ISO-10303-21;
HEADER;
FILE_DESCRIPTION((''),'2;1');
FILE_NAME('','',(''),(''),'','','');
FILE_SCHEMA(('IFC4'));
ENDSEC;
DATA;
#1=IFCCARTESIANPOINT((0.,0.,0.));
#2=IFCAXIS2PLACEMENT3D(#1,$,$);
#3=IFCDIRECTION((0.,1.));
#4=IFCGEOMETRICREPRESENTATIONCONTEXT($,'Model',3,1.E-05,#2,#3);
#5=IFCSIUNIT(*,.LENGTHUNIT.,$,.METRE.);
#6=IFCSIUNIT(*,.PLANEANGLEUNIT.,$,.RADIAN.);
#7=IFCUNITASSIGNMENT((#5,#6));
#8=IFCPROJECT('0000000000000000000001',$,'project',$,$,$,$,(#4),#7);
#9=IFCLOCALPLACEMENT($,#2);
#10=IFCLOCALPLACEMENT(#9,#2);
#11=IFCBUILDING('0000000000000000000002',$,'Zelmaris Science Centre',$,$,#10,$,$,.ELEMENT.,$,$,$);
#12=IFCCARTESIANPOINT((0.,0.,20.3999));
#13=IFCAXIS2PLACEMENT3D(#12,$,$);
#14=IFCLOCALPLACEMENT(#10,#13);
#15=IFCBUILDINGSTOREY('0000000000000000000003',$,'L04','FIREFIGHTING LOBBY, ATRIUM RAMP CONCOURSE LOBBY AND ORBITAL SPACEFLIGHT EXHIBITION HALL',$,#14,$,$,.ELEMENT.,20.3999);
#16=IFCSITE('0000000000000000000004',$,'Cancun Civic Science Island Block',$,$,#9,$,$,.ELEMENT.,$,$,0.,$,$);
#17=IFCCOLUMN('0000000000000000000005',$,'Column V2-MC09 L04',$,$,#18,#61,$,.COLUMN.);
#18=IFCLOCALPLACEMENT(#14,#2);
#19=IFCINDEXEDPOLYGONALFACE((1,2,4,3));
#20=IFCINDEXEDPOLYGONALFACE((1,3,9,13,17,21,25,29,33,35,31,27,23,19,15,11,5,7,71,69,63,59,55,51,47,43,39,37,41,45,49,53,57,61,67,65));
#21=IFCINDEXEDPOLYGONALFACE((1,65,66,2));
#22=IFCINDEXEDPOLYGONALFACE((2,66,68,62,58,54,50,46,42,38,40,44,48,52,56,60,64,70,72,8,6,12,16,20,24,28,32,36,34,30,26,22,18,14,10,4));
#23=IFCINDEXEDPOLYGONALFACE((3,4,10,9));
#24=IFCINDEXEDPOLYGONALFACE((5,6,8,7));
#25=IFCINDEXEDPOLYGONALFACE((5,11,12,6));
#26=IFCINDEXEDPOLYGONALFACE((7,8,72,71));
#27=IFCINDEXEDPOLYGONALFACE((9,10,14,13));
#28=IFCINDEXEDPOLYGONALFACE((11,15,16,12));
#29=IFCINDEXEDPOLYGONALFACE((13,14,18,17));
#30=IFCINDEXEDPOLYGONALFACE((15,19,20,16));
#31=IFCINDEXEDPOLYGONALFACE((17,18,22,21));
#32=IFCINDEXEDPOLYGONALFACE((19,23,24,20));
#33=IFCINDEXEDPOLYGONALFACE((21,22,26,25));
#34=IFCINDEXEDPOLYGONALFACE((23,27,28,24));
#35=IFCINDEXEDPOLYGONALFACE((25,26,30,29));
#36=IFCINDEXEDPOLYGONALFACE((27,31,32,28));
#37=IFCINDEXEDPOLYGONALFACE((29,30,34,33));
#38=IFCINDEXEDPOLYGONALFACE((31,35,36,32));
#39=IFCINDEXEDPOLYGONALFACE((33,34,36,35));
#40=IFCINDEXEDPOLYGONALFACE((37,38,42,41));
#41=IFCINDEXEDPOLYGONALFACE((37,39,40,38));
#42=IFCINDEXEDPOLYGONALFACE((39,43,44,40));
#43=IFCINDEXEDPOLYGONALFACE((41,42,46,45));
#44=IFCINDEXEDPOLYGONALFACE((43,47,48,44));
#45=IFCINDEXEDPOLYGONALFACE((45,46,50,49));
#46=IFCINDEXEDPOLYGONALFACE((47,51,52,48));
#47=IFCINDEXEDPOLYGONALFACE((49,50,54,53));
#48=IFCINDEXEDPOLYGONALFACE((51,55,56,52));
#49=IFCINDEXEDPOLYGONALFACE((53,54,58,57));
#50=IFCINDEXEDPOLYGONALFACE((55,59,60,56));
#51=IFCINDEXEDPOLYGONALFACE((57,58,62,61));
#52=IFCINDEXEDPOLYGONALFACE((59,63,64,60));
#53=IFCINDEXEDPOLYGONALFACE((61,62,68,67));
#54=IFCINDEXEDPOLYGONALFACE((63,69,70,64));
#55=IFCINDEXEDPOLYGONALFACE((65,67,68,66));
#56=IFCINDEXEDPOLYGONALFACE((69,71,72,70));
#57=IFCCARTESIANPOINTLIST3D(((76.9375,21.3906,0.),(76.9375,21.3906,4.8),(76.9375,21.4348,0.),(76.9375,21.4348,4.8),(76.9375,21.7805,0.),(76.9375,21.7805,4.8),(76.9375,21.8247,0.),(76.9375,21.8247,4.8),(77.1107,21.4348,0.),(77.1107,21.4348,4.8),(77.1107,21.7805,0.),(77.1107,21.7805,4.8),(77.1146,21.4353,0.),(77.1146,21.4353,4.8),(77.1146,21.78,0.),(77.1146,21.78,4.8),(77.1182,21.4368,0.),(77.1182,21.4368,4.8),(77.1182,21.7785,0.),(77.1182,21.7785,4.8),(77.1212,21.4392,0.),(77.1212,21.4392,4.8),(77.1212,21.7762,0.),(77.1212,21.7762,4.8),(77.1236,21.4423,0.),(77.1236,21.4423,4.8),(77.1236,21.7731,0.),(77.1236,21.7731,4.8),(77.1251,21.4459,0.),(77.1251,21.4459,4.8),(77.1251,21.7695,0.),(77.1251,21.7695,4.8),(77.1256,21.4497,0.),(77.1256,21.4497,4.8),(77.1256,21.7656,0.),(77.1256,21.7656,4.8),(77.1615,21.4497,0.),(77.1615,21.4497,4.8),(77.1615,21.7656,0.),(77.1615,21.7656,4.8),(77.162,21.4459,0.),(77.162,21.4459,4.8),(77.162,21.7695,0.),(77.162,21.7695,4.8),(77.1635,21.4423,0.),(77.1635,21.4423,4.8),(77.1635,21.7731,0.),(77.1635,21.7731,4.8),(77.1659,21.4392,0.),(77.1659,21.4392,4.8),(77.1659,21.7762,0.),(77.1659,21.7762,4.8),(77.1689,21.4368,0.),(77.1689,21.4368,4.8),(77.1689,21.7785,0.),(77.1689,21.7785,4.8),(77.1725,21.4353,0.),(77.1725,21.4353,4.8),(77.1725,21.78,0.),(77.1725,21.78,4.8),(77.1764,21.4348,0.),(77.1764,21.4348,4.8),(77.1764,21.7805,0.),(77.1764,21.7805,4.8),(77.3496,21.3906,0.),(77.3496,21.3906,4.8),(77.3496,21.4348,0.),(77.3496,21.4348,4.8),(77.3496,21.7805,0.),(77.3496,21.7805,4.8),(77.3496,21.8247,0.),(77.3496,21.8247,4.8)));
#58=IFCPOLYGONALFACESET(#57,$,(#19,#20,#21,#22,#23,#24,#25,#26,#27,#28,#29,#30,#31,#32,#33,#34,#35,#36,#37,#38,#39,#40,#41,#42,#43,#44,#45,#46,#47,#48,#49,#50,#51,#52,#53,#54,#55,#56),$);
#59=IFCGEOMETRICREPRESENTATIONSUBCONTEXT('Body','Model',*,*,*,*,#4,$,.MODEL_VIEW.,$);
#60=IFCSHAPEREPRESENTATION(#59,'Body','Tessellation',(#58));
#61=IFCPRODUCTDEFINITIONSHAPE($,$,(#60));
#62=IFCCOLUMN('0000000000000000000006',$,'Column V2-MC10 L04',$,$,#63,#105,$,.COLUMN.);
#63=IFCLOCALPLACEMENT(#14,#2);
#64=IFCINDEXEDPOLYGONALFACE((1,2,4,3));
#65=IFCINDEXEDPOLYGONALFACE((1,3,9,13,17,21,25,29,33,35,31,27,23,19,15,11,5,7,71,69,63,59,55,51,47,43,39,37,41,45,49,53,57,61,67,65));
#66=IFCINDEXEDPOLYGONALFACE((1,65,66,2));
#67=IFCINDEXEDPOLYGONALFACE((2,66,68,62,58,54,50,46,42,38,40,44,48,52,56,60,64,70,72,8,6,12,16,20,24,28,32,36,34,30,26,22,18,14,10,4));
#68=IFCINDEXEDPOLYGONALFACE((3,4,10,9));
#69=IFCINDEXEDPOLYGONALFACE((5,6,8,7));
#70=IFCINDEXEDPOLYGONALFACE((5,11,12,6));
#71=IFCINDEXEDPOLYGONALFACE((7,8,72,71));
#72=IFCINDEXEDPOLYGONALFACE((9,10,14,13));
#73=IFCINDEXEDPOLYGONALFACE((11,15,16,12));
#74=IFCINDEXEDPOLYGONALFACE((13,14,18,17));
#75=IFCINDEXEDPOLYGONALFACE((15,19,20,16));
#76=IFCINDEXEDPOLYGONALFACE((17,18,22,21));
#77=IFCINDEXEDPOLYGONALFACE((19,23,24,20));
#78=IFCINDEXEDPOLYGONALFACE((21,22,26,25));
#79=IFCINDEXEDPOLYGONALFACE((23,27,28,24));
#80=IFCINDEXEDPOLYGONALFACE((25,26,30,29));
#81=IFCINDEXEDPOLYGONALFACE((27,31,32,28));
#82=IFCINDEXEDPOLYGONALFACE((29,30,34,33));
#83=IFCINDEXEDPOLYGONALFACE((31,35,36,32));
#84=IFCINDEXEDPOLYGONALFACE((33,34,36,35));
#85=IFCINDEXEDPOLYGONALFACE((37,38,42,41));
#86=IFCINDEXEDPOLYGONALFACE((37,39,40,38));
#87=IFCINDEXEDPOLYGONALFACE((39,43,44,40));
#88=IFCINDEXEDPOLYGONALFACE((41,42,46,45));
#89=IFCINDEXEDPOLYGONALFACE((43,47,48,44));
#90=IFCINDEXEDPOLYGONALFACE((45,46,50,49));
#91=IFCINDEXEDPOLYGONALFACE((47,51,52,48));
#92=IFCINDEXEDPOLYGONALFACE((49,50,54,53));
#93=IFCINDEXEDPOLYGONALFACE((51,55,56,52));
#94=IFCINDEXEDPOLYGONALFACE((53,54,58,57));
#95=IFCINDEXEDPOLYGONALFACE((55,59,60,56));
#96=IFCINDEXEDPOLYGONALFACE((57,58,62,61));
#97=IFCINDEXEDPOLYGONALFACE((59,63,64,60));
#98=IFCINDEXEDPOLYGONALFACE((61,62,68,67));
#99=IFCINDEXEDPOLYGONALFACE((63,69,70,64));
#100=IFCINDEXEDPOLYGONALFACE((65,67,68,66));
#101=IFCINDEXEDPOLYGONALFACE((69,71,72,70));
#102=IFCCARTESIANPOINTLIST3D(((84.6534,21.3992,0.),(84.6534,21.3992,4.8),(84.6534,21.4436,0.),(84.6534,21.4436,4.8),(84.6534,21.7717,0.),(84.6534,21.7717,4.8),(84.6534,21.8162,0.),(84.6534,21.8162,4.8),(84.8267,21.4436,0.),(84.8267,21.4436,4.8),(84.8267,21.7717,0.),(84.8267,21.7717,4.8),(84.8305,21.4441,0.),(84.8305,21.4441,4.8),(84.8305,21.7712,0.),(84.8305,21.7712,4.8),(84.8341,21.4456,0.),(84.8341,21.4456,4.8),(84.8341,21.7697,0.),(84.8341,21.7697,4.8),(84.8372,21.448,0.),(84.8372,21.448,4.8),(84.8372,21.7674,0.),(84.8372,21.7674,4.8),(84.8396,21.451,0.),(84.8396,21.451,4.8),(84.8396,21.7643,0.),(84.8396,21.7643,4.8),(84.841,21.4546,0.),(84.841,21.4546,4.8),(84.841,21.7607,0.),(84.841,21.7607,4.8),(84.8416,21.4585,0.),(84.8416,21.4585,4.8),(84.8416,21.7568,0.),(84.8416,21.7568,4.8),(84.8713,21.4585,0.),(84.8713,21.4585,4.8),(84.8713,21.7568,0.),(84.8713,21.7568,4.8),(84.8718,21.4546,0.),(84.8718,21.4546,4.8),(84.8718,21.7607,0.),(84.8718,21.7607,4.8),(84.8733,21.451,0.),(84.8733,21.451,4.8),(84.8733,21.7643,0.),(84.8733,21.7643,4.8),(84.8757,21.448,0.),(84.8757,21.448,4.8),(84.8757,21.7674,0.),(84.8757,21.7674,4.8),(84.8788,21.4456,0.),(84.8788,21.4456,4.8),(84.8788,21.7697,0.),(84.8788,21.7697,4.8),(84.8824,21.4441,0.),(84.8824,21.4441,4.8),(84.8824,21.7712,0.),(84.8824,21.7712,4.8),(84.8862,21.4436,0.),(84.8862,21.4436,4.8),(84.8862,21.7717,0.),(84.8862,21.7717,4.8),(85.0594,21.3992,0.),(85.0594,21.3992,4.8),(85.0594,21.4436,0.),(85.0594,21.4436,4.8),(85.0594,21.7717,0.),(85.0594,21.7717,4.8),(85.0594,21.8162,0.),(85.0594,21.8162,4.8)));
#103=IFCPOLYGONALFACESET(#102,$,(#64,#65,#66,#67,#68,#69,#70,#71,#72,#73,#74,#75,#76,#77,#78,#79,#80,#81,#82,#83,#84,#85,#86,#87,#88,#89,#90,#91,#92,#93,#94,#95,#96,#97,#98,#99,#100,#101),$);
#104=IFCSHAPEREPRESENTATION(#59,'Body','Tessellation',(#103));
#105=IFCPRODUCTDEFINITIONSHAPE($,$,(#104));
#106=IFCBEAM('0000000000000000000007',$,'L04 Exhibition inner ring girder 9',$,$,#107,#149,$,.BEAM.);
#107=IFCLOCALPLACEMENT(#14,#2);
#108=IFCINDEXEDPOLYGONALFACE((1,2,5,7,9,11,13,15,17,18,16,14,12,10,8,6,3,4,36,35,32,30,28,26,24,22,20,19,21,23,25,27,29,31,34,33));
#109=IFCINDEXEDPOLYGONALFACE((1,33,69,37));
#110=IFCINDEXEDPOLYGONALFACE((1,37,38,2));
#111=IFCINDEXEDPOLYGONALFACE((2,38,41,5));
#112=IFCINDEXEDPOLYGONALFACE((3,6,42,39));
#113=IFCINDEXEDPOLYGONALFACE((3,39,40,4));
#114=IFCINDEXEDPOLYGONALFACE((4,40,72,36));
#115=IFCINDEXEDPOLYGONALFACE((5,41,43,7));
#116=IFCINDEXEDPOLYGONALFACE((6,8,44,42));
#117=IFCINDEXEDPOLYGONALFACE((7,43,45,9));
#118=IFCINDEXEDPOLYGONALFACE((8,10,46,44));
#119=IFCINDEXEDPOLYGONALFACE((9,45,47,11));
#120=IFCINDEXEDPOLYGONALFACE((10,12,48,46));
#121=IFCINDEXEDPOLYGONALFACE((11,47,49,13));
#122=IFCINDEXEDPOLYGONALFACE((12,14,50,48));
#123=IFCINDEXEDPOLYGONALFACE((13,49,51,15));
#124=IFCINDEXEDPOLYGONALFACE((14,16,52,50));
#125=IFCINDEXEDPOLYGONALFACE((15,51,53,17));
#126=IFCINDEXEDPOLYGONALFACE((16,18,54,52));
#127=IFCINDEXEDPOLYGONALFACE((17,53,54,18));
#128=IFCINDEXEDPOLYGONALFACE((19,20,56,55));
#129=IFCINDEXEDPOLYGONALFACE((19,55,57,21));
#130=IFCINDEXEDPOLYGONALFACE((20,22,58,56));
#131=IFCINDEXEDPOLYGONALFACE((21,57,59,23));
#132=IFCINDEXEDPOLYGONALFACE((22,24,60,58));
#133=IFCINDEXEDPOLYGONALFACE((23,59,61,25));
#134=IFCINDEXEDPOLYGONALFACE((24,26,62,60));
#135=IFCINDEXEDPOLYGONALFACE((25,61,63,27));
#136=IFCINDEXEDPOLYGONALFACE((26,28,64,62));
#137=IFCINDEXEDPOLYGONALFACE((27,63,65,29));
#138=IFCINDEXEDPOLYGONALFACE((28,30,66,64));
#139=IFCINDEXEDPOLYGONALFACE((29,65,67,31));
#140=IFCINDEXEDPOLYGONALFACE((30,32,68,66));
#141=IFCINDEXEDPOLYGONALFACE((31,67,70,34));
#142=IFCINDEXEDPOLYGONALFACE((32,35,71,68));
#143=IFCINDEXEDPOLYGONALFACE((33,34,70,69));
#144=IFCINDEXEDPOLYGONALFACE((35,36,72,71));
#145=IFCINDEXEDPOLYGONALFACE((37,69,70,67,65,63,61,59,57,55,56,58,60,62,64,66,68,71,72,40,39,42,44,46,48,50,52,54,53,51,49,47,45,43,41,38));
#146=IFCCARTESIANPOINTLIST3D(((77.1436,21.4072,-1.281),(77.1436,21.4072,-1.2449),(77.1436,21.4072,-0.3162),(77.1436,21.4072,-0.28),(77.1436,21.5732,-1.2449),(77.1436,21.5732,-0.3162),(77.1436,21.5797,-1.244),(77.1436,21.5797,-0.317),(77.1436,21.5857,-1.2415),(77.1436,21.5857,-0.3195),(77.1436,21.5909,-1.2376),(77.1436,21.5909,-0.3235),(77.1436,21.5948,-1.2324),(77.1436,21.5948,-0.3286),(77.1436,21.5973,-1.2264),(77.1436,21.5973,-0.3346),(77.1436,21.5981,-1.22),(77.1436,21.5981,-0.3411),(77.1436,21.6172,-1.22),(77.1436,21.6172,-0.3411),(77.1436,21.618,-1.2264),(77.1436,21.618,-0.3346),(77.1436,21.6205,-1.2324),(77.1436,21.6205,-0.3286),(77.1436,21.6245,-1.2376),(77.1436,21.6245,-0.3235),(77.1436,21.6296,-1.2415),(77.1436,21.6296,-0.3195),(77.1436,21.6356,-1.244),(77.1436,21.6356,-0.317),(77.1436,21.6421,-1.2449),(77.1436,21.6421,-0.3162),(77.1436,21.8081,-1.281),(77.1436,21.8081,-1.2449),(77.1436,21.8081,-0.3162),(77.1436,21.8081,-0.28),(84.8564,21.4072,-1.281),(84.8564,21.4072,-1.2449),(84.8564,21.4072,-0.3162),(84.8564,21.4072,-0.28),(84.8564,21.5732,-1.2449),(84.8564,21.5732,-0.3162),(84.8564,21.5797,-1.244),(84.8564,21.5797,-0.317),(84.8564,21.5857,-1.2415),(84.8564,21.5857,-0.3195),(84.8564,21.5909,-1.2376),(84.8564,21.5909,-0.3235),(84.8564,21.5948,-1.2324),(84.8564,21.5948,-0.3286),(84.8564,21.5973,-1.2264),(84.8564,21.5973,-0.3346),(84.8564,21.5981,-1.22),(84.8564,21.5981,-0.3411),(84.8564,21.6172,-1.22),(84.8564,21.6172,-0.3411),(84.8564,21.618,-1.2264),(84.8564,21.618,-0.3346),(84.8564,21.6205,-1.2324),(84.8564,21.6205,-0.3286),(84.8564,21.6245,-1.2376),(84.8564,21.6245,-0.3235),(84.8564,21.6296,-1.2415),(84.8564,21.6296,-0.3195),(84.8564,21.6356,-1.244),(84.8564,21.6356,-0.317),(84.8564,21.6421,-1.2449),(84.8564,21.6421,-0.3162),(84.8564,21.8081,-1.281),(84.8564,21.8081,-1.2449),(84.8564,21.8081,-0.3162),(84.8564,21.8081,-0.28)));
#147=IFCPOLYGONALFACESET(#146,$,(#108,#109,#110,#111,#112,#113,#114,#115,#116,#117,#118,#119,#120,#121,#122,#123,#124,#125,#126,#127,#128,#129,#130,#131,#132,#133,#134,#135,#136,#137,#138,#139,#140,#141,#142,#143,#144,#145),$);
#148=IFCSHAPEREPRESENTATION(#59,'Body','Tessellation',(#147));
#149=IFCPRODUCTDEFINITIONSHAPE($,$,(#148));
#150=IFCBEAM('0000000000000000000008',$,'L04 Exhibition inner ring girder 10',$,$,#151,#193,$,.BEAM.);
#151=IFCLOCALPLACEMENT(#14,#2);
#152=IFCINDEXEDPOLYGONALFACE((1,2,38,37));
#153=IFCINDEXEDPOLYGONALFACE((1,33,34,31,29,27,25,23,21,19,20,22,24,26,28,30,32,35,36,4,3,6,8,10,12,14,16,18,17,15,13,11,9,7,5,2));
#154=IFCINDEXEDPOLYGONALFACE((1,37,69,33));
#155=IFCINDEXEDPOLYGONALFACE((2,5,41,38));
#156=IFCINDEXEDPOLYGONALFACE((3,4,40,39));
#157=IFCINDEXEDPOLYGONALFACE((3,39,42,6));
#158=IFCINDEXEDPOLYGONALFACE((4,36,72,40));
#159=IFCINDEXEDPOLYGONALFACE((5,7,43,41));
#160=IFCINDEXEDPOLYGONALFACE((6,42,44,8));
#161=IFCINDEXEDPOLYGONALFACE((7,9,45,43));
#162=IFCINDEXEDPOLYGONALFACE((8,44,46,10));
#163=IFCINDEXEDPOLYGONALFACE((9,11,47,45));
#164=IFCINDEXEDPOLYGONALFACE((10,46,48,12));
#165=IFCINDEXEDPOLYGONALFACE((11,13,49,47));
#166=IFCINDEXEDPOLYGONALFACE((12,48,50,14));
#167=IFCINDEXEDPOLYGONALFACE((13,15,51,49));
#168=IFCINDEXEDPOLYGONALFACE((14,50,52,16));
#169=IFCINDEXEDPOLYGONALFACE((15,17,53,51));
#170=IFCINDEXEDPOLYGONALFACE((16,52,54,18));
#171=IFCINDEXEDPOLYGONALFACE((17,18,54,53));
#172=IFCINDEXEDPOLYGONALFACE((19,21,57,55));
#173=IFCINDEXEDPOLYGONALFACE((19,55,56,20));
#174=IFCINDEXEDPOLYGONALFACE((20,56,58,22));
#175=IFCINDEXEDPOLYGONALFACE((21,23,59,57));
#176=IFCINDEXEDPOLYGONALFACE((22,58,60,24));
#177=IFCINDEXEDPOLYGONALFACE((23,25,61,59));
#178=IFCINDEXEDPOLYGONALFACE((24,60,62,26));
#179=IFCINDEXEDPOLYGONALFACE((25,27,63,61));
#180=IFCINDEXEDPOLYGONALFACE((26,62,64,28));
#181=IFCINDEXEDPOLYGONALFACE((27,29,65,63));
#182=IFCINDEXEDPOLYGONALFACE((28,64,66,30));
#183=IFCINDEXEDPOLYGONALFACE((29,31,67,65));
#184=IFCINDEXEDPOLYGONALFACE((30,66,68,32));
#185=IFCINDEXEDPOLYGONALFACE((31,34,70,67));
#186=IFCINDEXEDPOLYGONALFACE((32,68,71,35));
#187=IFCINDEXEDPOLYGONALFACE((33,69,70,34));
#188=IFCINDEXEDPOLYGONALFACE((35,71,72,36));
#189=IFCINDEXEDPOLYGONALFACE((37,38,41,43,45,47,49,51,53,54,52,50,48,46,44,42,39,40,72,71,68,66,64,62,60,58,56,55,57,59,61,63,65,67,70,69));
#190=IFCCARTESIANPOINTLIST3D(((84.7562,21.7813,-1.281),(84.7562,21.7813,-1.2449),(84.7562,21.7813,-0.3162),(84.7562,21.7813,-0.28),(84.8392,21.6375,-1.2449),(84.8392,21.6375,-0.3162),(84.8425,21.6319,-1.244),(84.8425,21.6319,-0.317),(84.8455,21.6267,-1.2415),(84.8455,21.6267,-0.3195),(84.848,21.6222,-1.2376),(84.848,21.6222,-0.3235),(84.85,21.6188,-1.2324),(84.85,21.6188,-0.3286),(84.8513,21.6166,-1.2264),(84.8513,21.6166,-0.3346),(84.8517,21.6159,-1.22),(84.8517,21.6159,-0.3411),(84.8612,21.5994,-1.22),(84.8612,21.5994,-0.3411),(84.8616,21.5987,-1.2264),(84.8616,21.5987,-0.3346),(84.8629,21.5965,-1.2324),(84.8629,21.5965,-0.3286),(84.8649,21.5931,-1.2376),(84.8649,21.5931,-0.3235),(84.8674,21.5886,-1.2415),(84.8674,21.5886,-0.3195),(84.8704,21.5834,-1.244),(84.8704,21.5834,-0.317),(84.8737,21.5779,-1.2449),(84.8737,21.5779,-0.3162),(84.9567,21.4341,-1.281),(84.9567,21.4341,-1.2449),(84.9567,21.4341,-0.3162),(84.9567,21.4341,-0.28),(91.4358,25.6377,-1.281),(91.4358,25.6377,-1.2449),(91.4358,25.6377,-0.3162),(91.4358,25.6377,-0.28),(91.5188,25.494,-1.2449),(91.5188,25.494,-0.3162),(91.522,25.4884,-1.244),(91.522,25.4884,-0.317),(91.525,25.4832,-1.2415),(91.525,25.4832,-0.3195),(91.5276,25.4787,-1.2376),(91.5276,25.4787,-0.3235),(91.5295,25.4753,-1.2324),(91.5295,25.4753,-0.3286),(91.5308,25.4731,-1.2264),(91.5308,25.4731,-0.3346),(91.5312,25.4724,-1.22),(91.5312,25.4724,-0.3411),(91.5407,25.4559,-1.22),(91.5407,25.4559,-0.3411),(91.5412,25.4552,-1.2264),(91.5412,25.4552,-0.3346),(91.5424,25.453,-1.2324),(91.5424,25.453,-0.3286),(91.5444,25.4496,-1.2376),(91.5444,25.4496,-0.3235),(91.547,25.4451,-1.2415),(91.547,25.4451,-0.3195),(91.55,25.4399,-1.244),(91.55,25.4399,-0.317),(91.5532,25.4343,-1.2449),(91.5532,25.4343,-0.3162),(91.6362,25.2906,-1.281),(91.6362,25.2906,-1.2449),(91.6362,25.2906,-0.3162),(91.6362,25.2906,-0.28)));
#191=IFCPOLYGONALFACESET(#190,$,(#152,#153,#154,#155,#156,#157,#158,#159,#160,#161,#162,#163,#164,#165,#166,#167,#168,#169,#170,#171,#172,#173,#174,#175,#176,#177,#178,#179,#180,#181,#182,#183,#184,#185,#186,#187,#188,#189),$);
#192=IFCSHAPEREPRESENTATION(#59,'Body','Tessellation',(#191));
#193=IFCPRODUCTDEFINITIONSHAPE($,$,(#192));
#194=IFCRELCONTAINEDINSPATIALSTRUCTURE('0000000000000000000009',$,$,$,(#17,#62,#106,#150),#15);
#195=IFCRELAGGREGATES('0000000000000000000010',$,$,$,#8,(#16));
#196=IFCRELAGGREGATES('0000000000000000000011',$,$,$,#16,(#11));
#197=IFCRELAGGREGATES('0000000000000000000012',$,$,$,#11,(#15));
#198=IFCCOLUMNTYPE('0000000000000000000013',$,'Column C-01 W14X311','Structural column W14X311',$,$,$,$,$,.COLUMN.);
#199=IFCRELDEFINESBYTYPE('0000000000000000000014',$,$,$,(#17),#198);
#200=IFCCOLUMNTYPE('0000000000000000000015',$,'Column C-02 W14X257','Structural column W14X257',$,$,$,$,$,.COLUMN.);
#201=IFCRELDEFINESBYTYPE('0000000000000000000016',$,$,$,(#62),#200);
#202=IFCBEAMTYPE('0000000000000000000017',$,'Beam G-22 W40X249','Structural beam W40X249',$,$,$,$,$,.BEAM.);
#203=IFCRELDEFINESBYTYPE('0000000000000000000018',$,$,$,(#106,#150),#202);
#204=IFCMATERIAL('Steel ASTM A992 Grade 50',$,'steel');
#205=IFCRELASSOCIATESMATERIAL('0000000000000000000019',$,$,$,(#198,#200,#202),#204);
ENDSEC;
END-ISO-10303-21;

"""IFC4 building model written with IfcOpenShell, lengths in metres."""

from ifc_helpers import new_model, si_unit, direction, frame, origin, origin_2d, place, context, subcontext, project, spatial, i_section, extrude, material, material_profile, profile_set, type_object, element, save


model = new_model("IFC4")

# Units and contexts
model_context = context("Model", 3, precision=1e-05, world=origin(), true_north=direction((0.0, 1.0)))
body_context = subcontext(model_context, "Body", "Model", "MODEL_VIEW")
ifc_project = project(units=[si_unit("LENGTHUNIT", "METRE"), si_unit("PLANEANGLEUNIT", "RADIAN")], contexts=[model_context])

# Site, building, storey
site_placement = place(None, origin())
site = spatial("IfcSite", under=ifc_project, at=site_placement, Name="Cancun Civic Science Island Block", CompositionType="ELEMENT", RefElevation=0.0)
building_placement = place(site_placement, origin())
building = spatial("IfcBuilding", under=site, at=building_placement, Name="Zelmaris Science Centre", CompositionType="ELEMENT")
storey_placement = place(building_placement, frame((0.0, 0.0, 20.3999)))
storey = spatial("IfcBuildingStorey", under=building, at=storey_placement, Name="L04", Description="FIREFIGHTING LOBBY, ATRIUM RAMP CONCOURSE LOBBY AND ORBITAL SPACEFLIGHT EXHIBITION HALL", CompositionType="ELEMENT", Elevation=20.3999)

# Columns
ifc_material_1 = material(Name="Steel ASTM A992 Grade 50", Category="steel")
ifc_material_profile_1 = material_profile(ifc_material_1, i_section(OverallWidth=0.4121, OverallDepth=0.4341, WebThickness=0.0359, FlangeThickness=0.0442, FilletRadius=0.0149, at=origin_2d()), Name="W14X311")
ifc_profile_set_1 = profile_set([ifc_material_profile_1], Name="Steel ASTM A992 Grade 50")
column_type_1 = type_object("IfcColumnType", Name="Column C-01 W14X311", Description="Structural column W14X311", PredefinedType="COLUMN", material=ifc_profile_set_1)
column_1_placement = place(storey_placement, frame((77.1436, 21.6077, 0.0), z_axis=(0.0, 0.0, 1.0), x_axis=(1.0, 0.0, 0.0)))
element("IfcColumn", 1, at=column_1_placement, inside=storey, type_object=column_type_1, Name="Column V2-MC09 L04", PredefinedType="COLUMN", context=body_context, shape_type="SweptSolid", body=[
    extrude(i_section(OverallWidth=0.4121, OverallDepth=0.4341, WebThickness=0.0359, FlangeThickness=0.0442, FilletRadius=0.0149, at=origin_2d()), origin(), (0.0, 0.0, 1.0), 4.8),
])
ifc_material_profile_2 = material_profile(ifc_material_1, i_section(OverallWidth=0.406, OverallDepth=0.417, WebThickness=0.0298, FlangeThickness=0.0444, FilletRadius=0.0149, at=origin_2d()), Name="W14X257")
ifc_profile_set_2 = profile_set([ifc_material_profile_2], Name="Steel ASTM A992 Grade 50")
column_type_2 = type_object("IfcColumnType", Name="Column C-02 W14X257", Description="Structural column W14X257", PredefinedType="COLUMN", material=ifc_profile_set_2)
column_2_placement = place(storey_placement, frame((84.8564, 21.6077, 0.0), z_axis=(0.0, 0.0, 1.0), x_axis=(1.0, 0.0, 0.0)))
element("IfcColumn", 2, at=column_2_placement, inside=storey, type_object=column_type_2, Name="Column V2-MC10 L04", PredefinedType="COLUMN", context=body_context, shape_type="SweptSolid", body=[
    extrude(i_section(OverallWidth=0.406, OverallDepth=0.417, WebThickness=0.0298, FlangeThickness=0.0444, FilletRadius=0.0149, at=origin_2d()), origin(), (0.0, 0.0, 1.0), 4.8),
])

# Beams
ifc_material_profile_3 = material_profile(ifc_material_1, i_section(OverallWidth=0.4009, OverallDepth=1.001, WebThickness=0.019, FlangeThickness=0.0361, FilletRadius=0.0249, at=origin_2d()), Name="W40X249")
ifc_profile_set_3 = profile_set([ifc_material_profile_3], Name="Steel ASTM A992 Grade 50")
beam_type_1 = type_object("IfcBeamType", Name="Beam G-22 W40X249", Description="Structural beam W40X249", PredefinedType="BEAM", material=ifc_profile_set_3)
for number, where, z_axis, x_axis, name in (
    (3, (77.1436, 21.6077, -0.7805), (1.0, 0.0, 0.0), (0.0, 1.0, 0.0), "L04 Exhibition inner ring girder 9"),
    (4, (84.8564, 21.6077, -0.7805), (0.866022, 0.500007, 0.0), (-0.500007, 0.866022, 0.0), "L04 Exhibition inner ring girder 10"),
):
    element("IfcBeam", number, at=place(storey_placement, frame(where, z_axis=z_axis, x_axis=x_axis)), inside=storey, type_object=beam_type_1, Name=name, PredefinedType="BEAM", context=body_context, shape_type="SweptSolid", body=[
        extrude(i_section(OverallWidth=0.4009, OverallDepth=1.001, WebThickness=0.019, FlangeThickness=0.0361, FilletRadius=0.0249, at=origin_2d()), origin(), (0.0, 0.0, 1.0), 7.7129),
    ])

save(model, "model.ifc")
